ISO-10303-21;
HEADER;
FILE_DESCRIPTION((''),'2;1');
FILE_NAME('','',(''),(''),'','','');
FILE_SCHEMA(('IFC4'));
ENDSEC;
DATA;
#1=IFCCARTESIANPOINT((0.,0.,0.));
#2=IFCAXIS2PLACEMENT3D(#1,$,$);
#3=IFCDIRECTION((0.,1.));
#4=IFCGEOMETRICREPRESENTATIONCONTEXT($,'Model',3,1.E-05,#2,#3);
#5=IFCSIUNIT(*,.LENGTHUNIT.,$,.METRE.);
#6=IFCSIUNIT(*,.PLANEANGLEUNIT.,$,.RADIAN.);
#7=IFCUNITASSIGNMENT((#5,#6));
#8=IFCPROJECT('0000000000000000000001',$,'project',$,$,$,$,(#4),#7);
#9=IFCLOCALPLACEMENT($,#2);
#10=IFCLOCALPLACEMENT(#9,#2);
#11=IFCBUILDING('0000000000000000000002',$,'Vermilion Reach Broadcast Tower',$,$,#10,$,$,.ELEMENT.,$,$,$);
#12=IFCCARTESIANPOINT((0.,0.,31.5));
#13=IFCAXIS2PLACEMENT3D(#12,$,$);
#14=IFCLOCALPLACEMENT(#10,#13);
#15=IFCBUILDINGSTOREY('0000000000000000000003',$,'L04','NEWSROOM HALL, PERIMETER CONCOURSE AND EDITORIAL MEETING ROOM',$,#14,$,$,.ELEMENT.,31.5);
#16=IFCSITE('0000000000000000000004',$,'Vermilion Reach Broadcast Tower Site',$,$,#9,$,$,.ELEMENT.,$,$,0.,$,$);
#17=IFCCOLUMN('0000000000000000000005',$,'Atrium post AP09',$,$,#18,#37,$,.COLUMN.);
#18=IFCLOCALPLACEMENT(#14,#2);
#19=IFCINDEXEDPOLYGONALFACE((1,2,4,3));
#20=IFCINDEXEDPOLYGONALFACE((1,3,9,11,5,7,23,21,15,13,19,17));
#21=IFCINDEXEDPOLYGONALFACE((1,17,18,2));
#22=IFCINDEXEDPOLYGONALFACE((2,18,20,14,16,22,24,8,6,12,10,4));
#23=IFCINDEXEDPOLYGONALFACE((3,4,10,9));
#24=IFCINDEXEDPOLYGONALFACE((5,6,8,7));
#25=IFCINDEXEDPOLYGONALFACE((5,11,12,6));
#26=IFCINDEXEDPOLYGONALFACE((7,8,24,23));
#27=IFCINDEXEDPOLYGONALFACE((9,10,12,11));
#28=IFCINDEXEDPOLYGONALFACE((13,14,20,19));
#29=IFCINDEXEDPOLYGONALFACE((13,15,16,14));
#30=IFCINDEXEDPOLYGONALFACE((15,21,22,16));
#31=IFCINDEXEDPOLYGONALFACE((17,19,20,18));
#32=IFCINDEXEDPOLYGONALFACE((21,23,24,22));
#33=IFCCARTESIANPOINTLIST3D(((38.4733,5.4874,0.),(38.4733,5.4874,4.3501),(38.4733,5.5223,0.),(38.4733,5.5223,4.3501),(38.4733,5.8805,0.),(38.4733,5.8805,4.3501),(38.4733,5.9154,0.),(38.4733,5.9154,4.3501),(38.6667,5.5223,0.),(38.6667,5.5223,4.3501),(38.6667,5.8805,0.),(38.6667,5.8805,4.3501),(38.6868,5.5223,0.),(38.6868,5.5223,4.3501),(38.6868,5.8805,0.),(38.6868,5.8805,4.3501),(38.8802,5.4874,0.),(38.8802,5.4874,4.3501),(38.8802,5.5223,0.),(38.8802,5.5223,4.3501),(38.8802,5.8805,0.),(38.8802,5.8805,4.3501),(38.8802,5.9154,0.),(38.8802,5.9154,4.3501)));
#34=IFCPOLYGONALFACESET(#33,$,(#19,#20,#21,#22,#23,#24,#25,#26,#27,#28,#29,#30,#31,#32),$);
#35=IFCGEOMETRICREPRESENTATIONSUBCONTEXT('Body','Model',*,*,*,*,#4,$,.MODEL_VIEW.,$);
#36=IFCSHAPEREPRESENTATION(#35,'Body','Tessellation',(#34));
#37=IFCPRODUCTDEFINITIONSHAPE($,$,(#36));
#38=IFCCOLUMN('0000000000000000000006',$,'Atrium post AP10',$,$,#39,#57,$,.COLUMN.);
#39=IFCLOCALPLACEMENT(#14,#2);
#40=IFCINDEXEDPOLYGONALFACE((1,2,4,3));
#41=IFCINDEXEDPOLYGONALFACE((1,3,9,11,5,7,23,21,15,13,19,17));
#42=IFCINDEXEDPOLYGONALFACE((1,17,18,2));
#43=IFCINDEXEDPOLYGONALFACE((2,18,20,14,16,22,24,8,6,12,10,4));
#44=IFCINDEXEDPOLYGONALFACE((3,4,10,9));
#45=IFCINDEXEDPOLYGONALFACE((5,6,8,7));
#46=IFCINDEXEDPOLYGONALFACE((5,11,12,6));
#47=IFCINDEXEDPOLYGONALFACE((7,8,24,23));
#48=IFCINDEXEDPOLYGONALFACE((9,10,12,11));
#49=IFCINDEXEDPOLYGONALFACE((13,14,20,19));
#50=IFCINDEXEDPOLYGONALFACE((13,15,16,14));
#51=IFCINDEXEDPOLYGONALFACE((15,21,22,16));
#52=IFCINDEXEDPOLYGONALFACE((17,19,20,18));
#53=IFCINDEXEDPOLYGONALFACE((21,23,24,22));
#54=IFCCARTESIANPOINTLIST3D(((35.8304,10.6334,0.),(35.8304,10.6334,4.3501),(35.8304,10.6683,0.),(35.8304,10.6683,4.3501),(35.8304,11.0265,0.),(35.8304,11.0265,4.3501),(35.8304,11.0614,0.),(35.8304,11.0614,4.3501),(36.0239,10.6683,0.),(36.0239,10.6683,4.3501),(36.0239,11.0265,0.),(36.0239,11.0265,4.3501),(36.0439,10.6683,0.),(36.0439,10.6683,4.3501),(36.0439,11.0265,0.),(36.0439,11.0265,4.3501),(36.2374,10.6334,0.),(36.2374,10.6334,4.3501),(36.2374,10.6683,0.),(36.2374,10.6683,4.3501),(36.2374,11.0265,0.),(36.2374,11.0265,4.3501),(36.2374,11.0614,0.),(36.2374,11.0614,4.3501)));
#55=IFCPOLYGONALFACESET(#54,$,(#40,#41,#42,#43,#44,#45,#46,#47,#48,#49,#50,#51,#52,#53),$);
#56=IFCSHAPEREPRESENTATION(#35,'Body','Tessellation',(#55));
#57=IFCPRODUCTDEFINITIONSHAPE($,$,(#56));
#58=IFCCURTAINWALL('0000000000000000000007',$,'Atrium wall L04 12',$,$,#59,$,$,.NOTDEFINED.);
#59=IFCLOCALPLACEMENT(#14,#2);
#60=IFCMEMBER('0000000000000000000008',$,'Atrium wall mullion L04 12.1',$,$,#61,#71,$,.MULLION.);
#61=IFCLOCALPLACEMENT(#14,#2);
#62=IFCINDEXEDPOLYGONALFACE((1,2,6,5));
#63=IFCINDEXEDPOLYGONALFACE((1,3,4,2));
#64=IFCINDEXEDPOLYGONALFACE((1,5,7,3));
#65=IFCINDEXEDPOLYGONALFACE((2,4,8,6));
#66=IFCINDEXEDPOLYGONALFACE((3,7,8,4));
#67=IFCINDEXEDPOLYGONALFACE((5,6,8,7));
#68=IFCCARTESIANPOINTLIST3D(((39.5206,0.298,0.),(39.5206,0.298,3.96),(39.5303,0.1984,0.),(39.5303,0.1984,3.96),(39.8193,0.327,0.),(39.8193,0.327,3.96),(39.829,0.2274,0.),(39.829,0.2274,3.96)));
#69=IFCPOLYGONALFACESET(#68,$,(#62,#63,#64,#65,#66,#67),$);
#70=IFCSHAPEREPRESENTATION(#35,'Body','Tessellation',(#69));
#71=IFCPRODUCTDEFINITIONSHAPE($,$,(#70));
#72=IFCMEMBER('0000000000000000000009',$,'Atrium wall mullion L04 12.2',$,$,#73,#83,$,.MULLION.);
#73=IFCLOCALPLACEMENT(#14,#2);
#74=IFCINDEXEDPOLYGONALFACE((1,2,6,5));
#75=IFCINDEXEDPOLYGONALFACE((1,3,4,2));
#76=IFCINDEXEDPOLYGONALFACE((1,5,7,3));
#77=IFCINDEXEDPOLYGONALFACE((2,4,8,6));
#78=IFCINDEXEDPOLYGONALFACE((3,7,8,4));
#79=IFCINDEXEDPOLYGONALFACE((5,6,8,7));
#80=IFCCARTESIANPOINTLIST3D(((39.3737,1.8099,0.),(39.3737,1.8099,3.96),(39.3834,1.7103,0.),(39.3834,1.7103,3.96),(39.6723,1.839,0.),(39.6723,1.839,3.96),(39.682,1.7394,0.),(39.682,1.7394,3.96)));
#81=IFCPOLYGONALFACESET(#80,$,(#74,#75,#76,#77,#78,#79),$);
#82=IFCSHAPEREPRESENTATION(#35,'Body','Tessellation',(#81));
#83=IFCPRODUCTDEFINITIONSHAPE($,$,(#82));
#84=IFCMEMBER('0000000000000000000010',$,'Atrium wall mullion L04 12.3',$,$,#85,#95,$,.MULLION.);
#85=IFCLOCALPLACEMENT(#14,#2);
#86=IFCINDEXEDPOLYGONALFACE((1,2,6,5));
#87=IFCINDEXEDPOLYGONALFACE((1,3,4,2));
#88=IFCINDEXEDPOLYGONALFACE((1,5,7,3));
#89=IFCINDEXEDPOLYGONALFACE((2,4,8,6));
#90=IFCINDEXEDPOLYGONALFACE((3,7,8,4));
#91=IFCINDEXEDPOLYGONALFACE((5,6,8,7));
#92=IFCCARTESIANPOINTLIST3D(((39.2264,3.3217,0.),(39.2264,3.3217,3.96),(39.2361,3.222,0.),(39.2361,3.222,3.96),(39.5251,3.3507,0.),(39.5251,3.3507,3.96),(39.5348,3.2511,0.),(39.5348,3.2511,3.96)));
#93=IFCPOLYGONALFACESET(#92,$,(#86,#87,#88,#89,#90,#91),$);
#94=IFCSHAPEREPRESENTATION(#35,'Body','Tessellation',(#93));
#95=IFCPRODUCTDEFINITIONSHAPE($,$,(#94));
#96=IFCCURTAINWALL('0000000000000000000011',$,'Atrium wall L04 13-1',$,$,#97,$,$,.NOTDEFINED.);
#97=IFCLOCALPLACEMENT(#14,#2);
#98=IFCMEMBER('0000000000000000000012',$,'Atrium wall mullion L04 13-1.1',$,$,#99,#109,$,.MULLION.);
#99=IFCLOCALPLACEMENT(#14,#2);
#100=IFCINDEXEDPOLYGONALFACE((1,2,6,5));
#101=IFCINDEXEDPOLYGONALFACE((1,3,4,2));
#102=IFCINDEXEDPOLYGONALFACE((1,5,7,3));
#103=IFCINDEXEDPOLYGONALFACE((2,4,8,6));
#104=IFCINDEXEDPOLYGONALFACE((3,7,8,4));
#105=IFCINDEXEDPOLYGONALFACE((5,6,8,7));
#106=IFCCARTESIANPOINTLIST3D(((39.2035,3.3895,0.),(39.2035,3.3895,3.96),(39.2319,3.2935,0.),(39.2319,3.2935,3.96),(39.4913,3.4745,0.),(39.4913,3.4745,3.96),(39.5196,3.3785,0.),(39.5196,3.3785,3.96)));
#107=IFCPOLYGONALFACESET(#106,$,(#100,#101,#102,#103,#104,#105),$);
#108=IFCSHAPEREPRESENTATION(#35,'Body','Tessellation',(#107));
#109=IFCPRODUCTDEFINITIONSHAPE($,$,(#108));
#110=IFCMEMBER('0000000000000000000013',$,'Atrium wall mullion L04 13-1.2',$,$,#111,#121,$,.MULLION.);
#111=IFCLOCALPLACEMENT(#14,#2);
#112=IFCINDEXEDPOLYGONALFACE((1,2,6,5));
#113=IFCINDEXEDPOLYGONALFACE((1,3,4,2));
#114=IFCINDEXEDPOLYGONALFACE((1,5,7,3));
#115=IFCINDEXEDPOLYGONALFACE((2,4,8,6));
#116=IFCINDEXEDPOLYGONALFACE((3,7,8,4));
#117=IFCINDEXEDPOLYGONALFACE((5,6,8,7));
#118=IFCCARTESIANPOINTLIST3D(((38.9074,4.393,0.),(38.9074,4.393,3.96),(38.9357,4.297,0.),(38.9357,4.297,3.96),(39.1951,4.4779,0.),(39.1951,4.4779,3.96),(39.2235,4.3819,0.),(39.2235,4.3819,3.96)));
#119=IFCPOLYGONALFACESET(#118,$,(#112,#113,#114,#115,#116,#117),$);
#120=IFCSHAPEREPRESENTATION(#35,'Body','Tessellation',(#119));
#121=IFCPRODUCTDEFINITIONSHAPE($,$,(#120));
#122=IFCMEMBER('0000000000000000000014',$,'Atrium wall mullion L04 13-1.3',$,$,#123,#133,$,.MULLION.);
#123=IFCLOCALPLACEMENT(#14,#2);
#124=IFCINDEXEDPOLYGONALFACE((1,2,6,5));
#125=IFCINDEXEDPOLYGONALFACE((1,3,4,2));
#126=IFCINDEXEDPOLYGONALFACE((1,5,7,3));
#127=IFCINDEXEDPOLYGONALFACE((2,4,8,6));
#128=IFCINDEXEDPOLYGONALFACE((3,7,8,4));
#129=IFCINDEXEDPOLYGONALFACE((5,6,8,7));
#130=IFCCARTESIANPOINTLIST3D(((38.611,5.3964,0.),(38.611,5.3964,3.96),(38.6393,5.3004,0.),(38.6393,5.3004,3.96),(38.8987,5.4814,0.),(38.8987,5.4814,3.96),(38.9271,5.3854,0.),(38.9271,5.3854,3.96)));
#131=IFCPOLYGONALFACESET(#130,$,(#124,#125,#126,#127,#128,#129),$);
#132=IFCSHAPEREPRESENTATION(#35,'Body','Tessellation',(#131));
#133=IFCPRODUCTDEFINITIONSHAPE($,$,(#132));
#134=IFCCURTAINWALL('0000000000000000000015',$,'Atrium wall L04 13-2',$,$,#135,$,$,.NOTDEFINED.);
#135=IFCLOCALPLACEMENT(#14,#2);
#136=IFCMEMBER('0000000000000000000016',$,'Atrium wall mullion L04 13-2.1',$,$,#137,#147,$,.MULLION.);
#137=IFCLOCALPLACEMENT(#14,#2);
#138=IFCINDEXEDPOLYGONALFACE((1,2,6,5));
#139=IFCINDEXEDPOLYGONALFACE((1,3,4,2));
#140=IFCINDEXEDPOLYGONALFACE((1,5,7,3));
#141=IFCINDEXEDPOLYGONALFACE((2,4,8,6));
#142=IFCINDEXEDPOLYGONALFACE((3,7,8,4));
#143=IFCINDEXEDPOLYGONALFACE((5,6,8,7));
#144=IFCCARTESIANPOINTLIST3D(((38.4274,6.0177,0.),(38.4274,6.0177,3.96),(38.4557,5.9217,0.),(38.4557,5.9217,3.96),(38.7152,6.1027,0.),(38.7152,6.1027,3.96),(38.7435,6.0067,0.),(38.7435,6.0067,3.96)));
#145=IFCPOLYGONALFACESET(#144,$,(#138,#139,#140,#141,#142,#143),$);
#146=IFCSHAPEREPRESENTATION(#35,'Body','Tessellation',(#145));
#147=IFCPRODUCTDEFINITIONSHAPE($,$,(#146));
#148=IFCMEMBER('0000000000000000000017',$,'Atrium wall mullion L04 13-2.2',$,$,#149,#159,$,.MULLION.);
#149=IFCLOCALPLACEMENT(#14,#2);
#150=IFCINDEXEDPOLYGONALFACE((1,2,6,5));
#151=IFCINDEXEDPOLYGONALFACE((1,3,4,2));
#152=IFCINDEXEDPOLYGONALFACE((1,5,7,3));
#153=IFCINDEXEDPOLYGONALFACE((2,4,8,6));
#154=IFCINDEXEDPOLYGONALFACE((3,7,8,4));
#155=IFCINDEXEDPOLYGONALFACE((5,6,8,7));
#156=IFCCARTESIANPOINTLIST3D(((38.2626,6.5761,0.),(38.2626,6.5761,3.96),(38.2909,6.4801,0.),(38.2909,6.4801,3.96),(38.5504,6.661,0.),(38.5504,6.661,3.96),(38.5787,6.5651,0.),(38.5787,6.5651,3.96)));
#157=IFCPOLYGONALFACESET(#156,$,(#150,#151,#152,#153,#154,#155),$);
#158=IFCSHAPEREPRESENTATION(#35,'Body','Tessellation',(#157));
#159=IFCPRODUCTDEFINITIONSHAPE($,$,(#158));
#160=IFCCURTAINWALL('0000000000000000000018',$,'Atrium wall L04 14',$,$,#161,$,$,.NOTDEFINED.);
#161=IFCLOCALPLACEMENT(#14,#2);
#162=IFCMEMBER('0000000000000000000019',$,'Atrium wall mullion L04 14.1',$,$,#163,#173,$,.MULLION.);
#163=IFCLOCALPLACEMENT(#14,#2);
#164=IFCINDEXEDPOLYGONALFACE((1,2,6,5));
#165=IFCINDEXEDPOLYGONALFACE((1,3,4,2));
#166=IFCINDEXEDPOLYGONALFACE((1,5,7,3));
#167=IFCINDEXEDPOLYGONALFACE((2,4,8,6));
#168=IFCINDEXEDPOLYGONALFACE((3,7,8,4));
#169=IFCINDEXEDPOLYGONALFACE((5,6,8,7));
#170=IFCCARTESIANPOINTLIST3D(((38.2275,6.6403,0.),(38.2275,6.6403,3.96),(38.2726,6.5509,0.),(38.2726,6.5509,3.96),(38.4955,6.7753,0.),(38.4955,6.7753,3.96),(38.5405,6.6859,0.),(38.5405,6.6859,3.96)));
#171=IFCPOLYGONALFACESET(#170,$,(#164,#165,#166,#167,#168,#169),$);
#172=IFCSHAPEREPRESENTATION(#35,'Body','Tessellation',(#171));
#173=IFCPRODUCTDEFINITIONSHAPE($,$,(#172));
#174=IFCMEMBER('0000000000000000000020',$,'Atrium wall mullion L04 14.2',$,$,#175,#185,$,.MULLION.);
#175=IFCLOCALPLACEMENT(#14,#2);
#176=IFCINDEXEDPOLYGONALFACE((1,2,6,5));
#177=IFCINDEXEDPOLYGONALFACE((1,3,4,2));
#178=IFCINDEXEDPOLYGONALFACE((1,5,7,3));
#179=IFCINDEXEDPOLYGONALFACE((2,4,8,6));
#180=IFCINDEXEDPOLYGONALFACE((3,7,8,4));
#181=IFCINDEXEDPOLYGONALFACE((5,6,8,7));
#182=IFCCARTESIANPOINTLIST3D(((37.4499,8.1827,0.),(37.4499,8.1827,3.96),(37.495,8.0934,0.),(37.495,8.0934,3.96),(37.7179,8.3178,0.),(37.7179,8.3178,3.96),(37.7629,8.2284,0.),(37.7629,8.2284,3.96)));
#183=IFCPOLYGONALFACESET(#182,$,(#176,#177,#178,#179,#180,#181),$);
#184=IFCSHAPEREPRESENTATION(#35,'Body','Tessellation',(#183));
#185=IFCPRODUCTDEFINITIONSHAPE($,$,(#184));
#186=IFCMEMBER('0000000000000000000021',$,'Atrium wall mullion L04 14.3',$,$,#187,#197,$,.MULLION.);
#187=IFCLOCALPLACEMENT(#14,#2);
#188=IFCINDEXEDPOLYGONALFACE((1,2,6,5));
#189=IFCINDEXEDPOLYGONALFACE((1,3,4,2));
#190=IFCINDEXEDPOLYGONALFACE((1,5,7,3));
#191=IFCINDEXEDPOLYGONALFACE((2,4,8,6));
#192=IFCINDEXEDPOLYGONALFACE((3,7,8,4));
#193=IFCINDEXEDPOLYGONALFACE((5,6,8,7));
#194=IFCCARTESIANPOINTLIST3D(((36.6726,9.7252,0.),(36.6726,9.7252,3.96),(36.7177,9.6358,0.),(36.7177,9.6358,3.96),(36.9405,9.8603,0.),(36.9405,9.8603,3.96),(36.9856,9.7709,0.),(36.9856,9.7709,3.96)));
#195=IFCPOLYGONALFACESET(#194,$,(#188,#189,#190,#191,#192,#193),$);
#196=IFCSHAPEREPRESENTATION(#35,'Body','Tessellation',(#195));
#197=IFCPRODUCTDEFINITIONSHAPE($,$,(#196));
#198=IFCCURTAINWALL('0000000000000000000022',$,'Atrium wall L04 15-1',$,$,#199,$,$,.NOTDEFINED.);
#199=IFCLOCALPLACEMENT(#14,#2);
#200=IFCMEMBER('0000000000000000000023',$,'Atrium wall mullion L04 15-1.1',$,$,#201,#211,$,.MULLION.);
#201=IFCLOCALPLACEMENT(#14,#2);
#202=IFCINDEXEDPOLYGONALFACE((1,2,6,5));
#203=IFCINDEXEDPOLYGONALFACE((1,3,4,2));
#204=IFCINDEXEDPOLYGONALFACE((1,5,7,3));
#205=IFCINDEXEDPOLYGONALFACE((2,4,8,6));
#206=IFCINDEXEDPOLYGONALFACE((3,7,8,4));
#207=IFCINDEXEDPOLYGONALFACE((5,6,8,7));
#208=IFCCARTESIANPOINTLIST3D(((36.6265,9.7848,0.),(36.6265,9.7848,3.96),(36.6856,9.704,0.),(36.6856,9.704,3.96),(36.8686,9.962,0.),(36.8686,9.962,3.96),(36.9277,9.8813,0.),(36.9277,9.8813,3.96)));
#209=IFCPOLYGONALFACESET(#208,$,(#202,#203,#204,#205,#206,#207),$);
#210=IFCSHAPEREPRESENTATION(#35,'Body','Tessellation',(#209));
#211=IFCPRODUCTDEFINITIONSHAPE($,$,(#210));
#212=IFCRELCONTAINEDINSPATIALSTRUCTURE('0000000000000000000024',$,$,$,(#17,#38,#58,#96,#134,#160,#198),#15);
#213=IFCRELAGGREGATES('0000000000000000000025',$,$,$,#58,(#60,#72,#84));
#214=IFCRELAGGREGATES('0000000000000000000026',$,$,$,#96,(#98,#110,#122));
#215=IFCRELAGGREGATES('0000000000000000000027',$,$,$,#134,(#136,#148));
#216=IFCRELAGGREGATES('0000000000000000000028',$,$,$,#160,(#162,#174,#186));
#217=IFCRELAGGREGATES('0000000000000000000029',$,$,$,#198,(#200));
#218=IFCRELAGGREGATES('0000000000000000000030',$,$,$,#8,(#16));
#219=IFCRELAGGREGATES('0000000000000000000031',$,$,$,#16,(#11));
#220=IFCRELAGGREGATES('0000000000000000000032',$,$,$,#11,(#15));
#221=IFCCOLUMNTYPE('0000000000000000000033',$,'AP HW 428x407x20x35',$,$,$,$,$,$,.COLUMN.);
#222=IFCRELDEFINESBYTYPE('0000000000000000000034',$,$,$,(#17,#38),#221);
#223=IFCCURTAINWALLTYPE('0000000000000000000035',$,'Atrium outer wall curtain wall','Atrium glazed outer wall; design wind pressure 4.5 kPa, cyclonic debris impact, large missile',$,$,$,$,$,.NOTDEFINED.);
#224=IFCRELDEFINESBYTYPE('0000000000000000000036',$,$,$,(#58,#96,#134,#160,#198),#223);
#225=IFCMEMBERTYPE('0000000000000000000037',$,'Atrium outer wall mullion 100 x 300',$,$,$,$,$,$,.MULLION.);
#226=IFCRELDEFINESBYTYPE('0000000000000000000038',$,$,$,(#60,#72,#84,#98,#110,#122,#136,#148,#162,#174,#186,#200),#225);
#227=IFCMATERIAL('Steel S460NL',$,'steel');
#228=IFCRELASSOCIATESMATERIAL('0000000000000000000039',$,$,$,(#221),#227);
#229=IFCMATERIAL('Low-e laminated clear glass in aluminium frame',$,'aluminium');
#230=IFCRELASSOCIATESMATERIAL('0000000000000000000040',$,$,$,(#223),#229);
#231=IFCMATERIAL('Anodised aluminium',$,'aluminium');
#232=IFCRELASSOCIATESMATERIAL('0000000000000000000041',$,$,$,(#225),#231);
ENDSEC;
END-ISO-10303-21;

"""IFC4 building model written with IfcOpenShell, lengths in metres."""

from ifc_helpers import new_model, si_unit, direction, frame, origin, origin_2d, place, context, subcontext, project, spatial, rectangle, i_section, extrude, material, material_profile, profile_set, type_object, element, aggregate, save


model = new_model("IFC4")

# Units and contexts
model_context = context("Model", 3, precision=1e-05, world=origin(), true_north=direction((0.0, 1.0)))
body_context = subcontext(model_context, "Body", "Model", "MODEL_VIEW")
ifc_project = project(units=[si_unit("LENGTHUNIT", "METRE"), si_unit("PLANEANGLEUNIT", "RADIAN")], contexts=[model_context])

# Site, building, storey
site_placement = place(None, origin())
site = spatial("IfcSite", under=ifc_project, at=site_placement, Name="Vermilion Reach Broadcast Tower Site", CompositionType="ELEMENT", RefElevation=0.0)
building_placement = place(site_placement, origin())
building = spatial("IfcBuilding", under=site, at=building_placement, Name="Vermilion Reach Broadcast Tower", CompositionType="ELEMENT")
storey_placement = place(building_placement, frame((0.0, 0.0, 31.5)))
storey = spatial("IfcBuildingStorey", under=building, at=storey_placement, Name="L04", Description="NEWSROOM HALL, PERIMETER CONCOURSE AND EDITORIAL MEETING ROOM", CompositionType="ELEMENT", Elevation=31.5)

# Columns
ifc_material_1 = material(Name="Steel S460NL", Category="steel")
ifc_material_profile_1 = material_profile(ifc_material_1, i_section(OverallWidth=0.407, OverallDepth=0.428, WebThickness=0.02, FlangeThickness=0.0349, at=origin_2d()), Name="S460NL HW 428x407x20x35")
ifc_profile_set_1 = profile_set([ifc_material_profile_1], Name="Steel S460NL")
column_type = type_object("IfcColumnType", Name="AP HW 428x407x20x35", PredefinedType="COLUMN", material=ifc_profile_set_1)
for number, where, z_axis, x_axis, name in (
    (1, (38.6768, 5.7014, 0.0), (0.0, 0.0, 1.0), (1.0, 0.0, 0.0), "Atrium post AP09"),
    (2, (36.0339, 10.8474, 0.0), (0.0, 0.0, 1.0), (1.0, 0.0, 0.0), "Atrium post AP10"),
):
    element("IfcColumn", number, at=place(storey_placement, frame(where, z_axis=z_axis, x_axis=x_axis)), inside=storey, type_object=column_type, Name=name, PredefinedType="COLUMN", context=body_context, shape_type="SweptSolid", body=[
        extrude(i_section(OverallWidth=0.407, OverallDepth=0.428, WebThickness=0.02, FlangeThickness=0.0349, at=origin_2d()), origin(), (0.0, 0.0, 1.0), 4.3501),
    ])

# Curtain walls, members
ifc_material_2 = material(Name="Low-e laminated clear glass in aluminium frame", Category="aluminium")
curtain_wall_type = type_object("IfcCurtainWallType", Name="Atrium outer wall curtain wall", Description="Atrium glazed outer wall; design wind pressure 4.5 kPa, cyclonic debris impact, large missile", PredefinedType="NOTDEFINED", material=ifc_material_2)
placement = place(storey_placement, origin())
curtain_wall_1 = element("IfcCurtainWall", 3, at=placement, inside=storey, type_object=curtain_wall_type, Name="Atrium wall L04 12", PredefinedType="NOTDEFINED")
ifc_material_3 = material(Name="Anodised aluminium", Category="aluminium")
ifc_material_profile_2 = material_profile(ifc_material_3, rectangle(XDim=0.3, YDim=0.1001, at=origin_2d()), Name="Atrium outer wall mullion 100 x 300")
ifc_profile_set_2 = profile_set([ifc_material_profile_2], Name="Anodised aluminium")
member_type_1 = type_object("IfcMemberType", Name="Atrium outer wall mullion 100 x 300", PredefinedType="MULLION", material=ifc_profile_set_2)
member_1_placement = place(storey_placement, frame((39.6748, 0.2627, 0.0), z_axis=(0.0, 0.0, 1.0), x_axis=(-0.995298, -0.096861, 0.0)))
member_1 = element("IfcMember", 4, at=member_1_placement, type_object=member_type_1, Name="Atrium wall mullion L04 12.1", PredefinedType="MULLION", context=body_context, shape_type="SweptSolid", body=[
    extrude(rectangle(XDim=0.3, YDim=0.1001, at=origin_2d()), origin(), (0.0, 0.0, 1.0), 3.96),
])
member_2_placement = place(storey_placement, frame((39.5278, 1.7747, 0.0), z_axis=(0.0, 0.0, 1.0), x_axis=(-0.995298, -0.096861, 0.0)))
member_2 = element("IfcMember", 5, at=member_2_placement, type_object=member_type_1, Name="Atrium wall mullion L04 12.2", PredefinedType="MULLION", context=body_context, shape_type="SweptSolid", body=[
    extrude(rectangle(XDim=0.3, YDim=0.1001, at=origin_2d()), origin(), (0.0, 0.0, 1.0), 3.96),
])
member_3_placement = place(storey_placement, frame((39.3806, 3.2864, 0.0), z_axis=(0.0, 0.0, 1.0), x_axis=(-0.995298, -0.096861, 0.0)))
member_3 = element("IfcMember", 6, at=member_3_placement, type_object=member_type_1, Name="Atrium wall mullion L04 12.3", PredefinedType="MULLION", context=body_context, shape_type="SweptSolid", body=[
    extrude(rectangle(XDim=0.3, YDim=0.1001, at=origin_2d()), origin(), (0.0, 0.0, 1.0), 3.96),
])
curtain_wall_2 = element("IfcCurtainWall", 7, at=placement, inside=storey, type_object=curtain_wall_type, Name="Atrium wall L04 13-1", PredefinedType="NOTDEFINED")
member_4_placement = place(storey_placement, frame((39.3616, 3.384, 0.0), z_axis=(0.0, 0.0, 1.0), x_axis=(-0.959048, -0.283245, 0.0)))
member_4 = element("IfcMember", 8, at=member_4_placement, type_object=member_type_1, Name="Atrium wall mullion L04 13-1.1", PredefinedType="MULLION", context=body_context, shape_type="SweptSolid", body=[
    extrude(rectangle(XDim=0.3, YDim=0.1001, at=origin_2d()), origin(), (0.0, 0.0, 1.0), 3.96),
])
member_5_placement = place(storey_placement, frame((39.0654, 4.3875, 0.0), z_axis=(0.0, 0.0, 1.0), x_axis=(-0.959048, -0.283245, 0.0)))
member_5 = element("IfcMember", 9, at=member_5_placement, type_object=member_type_1, Name="Atrium wall mullion L04 13-1.2", PredefinedType="MULLION", context=body_context, shape_type="SweptSolid", body=[
    extrude(rectangle(XDim=0.3, YDim=0.1001, at=origin_2d()), origin(), (0.0, 0.0, 1.0), 3.96),
])
member_6_placement = place(storey_placement, frame((38.769, 5.3909, 0.0), z_axis=(0.0, 0.0, 1.0), x_axis=(-0.959048, -0.283245, 0.0)))
member_6 = element("IfcMember", 10, at=member_6_placement, type_object=member_type_1, Name="Atrium wall mullion L04 13-1.3", PredefinedType="MULLION", context=body_context, shape_type="SweptSolid", body=[
    extrude(rectangle(XDim=0.3, YDim=0.1001, at=origin_2d()), origin(), (0.0, 0.0, 1.0), 3.96),
])
curtain_wall_3 = element("IfcCurtainWall", 11, at=placement, inside=storey, type_object=curtain_wall_type, Name="Atrium wall L04 13-2", PredefinedType="NOTDEFINED")
member_7_placement = place(storey_placement, frame((38.5854, 6.0122, 0.0), z_axis=(0.0, 0.0, 1.0), x_axis=(-0.959048, -0.283245, 0.0)))
member_7 = element("IfcMember", 12, at=member_7_placement, type_object=member_type_1, Name="Atrium wall mullion L04 13-2.1", PredefinedType="MULLION", context=body_context, shape_type="SweptSolid", body=[
    extrude(rectangle(XDim=0.3, YDim=0.1001, at=origin_2d()), origin(), (0.0, 0.0, 1.0), 3.96),
])
member_8_placement = place(storey_placement, frame((38.4207, 6.5706, 0.0), z_axis=(0.0, 0.0, 1.0), x_axis=(-0.959048, -0.283245, 0.0)))
member_8 = element("IfcMember", 13, at=member_8_placement, type_object=member_type_1, Name="Atrium wall mullion L04 13-2.2", PredefinedType="MULLION", context=body_context, shape_type="SweptSolid", body=[
    extrude(rectangle(XDim=0.3, YDim=0.1001, at=origin_2d()), origin(), (0.0, 0.0, 1.0), 3.96),
])
curtain_wall_4 = element("IfcCurtainWall", 14, at=placement, inside=storey, type_object=curtain_wall_type, Name="Atrium wall L04 14", PredefinedType="NOTDEFINED")
member_9_placement = place(storey_placement, frame((38.384, 6.6631, 0.0), z_axis=(0.0, 0.0, 1.0), x_axis=(-0.892992, -0.450072, 0.0)))
member_9 = element("IfcMember", 15, at=member_9_placement, type_object=member_type_1, Name="Atrium wall mullion L04 14.1", PredefinedType="MULLION", context=body_context, shape_type="SweptSolid", body=[
    extrude(rectangle(XDim=0.3, YDim=0.1001, at=origin_2d()), origin(), (0.0, 0.0, 1.0), 3.96),
])
member_10_placement = place(storey_placement, frame((37.6064, 8.2056, 0.0), z_axis=(0.0, 0.0, 1.0), x_axis=(-0.892992, -0.450072, 0.0)))
member_10 = element("IfcMember", 16, at=member_10_placement, type_object=member_type_1, Name="Atrium wall mullion L04 14.2", PredefinedType="MULLION", context=body_context, shape_type="SweptSolid", body=[
    extrude(rectangle(XDim=0.3, YDim=0.1001, at=origin_2d()), origin(), (0.0, 0.0, 1.0), 3.96),
])
member_11_placement = place(storey_placement, frame((36.8291, 9.748, 0.0), z_axis=(0.0, 0.0, 1.0), x_axis=(-0.892992, -0.450072, 0.0)))
member_11 = element("IfcMember", 17, at=member_11_placement, type_object=member_type_1, Name="Atrium wall mullion L04 14.3", PredefinedType="MULLION", context=body_context, shape_type="SweptSolid", body=[
    extrude(rectangle(XDim=0.3, YDim=0.1001, at=origin_2d()), origin(), (0.0, 0.0, 1.0), 3.96),
])
curtain_wall_5 = element("IfcCurtainWall", 18, at=placement, inside=storey, type_object=curtain_wall_type, Name="Atrium wall L04 15-1", PredefinedType="NOTDEFINED")
member_12_placement = place(storey_placement, frame((36.7771, 9.833, 0.0), z_axis=(0.0, 0.0, 1.0), x_axis=(-0.806847, -0.59076, 0.0)))
member_12 = element("IfcMember", 19, at=member_12_placement, type_object=member_type_1, Name="Atrium wall mullion L04 15-1.1", PredefinedType="MULLION", context=body_context, shape_type="SweptSolid", body=[
    extrude(rectangle(XDim=0.3, YDim=0.1001, at=origin_2d()), origin(), (0.0, 0.0, 1.0), 3.96),
])

aggregate(curtain_wall_1, [member_1, member_2, member_3])
aggregate(curtain_wall_2, [member_4, member_5, member_6])
aggregate(curtain_wall_3, [member_7, member_8])
aggregate(curtain_wall_4, [member_9, member_10, member_11])
aggregate(curtain_wall_5, [member_12])

save(model, "model.ifc")
